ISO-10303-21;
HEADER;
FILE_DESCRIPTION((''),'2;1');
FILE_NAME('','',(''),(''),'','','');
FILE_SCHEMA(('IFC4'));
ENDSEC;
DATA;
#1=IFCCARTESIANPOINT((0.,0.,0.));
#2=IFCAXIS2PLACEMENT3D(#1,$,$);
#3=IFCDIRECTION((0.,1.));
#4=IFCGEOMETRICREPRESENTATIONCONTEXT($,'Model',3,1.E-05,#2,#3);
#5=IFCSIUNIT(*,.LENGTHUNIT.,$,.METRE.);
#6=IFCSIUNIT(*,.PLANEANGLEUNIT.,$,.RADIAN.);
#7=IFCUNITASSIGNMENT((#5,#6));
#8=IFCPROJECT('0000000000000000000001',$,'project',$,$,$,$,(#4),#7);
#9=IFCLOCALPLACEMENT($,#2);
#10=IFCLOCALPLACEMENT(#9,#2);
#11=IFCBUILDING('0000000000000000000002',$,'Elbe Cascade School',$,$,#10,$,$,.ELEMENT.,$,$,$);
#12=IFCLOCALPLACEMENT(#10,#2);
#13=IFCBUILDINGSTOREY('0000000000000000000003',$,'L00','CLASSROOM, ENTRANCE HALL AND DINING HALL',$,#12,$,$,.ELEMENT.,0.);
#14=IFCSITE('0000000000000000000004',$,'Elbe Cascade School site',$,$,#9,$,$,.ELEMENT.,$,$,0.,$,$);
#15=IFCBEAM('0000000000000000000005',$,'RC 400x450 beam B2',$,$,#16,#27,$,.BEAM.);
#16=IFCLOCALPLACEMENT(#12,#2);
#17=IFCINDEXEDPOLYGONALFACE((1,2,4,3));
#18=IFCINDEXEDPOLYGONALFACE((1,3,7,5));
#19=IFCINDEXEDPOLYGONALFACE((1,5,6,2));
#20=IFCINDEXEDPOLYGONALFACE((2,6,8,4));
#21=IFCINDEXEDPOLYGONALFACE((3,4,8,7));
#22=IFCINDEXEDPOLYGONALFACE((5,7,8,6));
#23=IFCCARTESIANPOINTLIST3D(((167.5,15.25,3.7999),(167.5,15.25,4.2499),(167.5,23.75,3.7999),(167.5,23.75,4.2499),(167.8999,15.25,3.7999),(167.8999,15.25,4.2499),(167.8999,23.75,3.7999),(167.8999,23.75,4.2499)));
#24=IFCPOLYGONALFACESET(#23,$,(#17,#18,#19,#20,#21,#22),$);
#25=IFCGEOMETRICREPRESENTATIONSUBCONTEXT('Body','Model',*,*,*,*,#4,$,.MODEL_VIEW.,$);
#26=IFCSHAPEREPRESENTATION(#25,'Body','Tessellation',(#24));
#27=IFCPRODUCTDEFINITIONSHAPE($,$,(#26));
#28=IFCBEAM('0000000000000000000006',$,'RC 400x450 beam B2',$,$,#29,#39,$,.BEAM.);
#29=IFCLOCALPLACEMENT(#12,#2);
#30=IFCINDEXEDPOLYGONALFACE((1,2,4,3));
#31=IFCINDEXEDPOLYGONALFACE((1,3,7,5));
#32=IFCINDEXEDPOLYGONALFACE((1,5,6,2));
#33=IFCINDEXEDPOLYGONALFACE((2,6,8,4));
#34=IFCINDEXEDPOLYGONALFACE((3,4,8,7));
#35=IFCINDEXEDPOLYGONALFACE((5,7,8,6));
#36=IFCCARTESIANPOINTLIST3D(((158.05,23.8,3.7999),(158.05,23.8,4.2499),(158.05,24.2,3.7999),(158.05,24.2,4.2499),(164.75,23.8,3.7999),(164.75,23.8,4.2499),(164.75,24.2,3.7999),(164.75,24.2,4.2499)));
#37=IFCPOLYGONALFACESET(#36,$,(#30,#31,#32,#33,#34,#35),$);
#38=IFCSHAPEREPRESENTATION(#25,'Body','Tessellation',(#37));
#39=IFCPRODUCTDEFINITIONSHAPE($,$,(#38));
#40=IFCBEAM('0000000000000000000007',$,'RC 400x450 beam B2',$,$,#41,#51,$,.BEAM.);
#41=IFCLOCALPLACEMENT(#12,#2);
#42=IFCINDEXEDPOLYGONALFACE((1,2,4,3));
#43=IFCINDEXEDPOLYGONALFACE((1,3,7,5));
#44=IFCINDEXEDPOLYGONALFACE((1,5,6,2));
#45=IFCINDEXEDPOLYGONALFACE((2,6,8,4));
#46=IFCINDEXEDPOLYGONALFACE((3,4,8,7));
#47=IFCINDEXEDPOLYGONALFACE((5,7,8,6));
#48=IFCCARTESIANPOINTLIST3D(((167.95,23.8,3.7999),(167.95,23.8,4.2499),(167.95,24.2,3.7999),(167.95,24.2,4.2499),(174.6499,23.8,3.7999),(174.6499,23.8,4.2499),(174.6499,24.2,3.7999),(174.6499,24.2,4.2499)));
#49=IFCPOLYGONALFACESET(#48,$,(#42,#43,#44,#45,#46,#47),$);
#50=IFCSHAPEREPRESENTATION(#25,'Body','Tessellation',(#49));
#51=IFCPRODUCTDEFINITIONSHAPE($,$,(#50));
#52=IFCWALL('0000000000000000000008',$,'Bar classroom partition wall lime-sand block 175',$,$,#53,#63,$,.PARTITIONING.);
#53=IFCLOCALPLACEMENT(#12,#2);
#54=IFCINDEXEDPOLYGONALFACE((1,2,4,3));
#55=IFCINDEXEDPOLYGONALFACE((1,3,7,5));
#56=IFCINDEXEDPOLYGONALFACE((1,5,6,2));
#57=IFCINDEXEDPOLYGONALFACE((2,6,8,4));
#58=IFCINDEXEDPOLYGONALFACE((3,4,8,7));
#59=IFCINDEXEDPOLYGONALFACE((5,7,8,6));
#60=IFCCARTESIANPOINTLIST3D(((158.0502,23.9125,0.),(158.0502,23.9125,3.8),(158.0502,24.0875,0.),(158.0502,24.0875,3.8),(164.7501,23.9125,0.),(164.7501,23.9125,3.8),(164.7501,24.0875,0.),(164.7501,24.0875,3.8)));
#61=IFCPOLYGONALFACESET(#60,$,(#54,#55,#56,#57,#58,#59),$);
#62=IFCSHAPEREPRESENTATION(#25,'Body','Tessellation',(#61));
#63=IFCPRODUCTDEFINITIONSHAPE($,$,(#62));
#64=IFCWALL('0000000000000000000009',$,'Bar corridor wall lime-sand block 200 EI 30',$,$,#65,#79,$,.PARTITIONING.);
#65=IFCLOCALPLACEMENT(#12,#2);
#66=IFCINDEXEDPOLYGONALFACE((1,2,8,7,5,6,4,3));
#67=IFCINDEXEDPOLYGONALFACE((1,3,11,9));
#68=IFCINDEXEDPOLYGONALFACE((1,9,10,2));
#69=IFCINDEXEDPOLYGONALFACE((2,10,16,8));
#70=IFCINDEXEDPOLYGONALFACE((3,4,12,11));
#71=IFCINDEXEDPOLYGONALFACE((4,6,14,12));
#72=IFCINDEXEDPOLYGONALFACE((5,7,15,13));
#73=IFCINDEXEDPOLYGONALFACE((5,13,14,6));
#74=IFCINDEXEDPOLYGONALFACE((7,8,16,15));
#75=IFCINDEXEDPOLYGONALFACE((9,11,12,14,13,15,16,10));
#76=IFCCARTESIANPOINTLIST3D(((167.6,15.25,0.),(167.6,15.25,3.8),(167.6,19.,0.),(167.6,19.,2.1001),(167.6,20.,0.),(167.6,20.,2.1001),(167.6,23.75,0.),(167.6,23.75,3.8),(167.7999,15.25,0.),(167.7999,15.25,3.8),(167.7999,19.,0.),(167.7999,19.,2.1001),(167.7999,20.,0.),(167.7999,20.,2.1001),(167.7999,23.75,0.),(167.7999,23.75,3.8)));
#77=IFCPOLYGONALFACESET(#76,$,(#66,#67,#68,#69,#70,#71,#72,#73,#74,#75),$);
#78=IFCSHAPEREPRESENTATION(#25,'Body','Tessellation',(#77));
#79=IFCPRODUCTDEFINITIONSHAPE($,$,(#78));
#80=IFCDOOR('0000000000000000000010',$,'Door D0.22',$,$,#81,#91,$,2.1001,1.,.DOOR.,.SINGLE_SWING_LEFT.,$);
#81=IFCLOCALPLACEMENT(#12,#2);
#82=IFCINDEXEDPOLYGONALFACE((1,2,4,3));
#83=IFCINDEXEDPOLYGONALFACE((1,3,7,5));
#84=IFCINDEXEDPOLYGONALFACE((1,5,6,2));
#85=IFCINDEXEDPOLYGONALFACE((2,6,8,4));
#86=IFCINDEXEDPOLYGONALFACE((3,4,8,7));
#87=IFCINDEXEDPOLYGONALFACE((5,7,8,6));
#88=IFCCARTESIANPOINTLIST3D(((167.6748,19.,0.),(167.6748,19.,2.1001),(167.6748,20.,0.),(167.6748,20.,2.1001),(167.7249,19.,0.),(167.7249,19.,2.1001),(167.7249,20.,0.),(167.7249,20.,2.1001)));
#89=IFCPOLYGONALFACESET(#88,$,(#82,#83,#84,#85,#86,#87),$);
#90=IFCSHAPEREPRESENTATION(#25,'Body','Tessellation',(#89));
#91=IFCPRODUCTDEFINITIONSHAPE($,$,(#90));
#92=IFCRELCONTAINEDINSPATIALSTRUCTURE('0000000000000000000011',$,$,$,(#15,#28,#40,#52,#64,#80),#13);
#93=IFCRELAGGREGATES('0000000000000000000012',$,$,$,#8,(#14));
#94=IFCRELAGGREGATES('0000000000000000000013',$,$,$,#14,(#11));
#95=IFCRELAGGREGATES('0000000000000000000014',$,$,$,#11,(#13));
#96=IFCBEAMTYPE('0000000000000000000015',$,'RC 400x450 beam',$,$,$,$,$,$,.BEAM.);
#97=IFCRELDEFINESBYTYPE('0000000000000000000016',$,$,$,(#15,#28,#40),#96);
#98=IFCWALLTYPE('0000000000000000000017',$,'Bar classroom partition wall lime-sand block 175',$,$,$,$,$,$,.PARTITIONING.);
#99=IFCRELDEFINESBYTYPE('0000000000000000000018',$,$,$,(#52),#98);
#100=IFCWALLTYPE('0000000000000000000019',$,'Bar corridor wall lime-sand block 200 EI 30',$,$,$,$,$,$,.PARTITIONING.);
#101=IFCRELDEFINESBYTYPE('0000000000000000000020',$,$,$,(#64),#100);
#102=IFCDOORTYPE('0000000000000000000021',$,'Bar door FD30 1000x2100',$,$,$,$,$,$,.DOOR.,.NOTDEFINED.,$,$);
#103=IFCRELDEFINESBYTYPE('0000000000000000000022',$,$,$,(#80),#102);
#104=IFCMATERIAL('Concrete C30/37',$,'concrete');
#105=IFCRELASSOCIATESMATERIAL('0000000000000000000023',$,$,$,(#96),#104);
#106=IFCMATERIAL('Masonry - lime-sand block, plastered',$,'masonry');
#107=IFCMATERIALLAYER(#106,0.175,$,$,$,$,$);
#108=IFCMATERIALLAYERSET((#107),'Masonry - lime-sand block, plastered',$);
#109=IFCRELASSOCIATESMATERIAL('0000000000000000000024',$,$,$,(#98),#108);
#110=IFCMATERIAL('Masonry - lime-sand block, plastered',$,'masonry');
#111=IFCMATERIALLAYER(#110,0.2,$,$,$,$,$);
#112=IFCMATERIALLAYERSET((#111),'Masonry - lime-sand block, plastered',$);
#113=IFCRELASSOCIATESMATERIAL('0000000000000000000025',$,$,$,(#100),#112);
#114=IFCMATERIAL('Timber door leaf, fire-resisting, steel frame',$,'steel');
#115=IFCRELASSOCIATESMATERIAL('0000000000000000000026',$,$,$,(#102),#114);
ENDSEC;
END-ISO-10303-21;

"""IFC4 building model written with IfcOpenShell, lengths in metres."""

from ifc_helpers import new_model, si_unit, direction, frame, frame_2d, origin, origin_2d, place, context, subcontext, project, spatial, rectangle, extrude, material, layer, layer_set, material_profile, profile_set, type_object, element, fill, save


model = new_model("IFC4")

# Units and contexts
model_context = context("Model", 3, precision=1e-05, world=origin(), true_north=direction((0.0, 1.0)))
body_context = subcontext(model_context, "Body", "Model", "MODEL_VIEW")
ifc_project = project(units=[si_unit("LENGTHUNIT", "METRE"), si_unit("PLANEANGLEUNIT", "RADIAN")], contexts=[model_context])

# Site, building, storey
site_placement = place(None, origin())
site = spatial("IfcSite", under=ifc_project, at=site_placement, Name="Elbe Cascade School site", CompositionType="ELEMENT", RefElevation=0.0)
building_placement = place(site_placement, origin())
building = spatial("IfcBuilding", under=site, at=building_placement, Name="Elbe Cascade School", CompositionType="ELEMENT")
storey_placement = place(building_placement, origin())
storey = spatial("IfcBuildingStorey", under=building, at=storey_placement, Name="L00", Description="CLASSROOM, ENTRANCE HALL AND DINING HALL", CompositionType="ELEMENT", Elevation=0.0)

# Beams
ifc_material_1 = material(Name="Concrete C30/37", Category="concrete")
ifc_material_profile_1 = material_profile(ifc_material_1, rectangle(XDim=0.3999, YDim=0.45, at=origin_2d()), Name="RC 400x450")
ifc_profile_set_1 = profile_set([ifc_material_profile_1], Name="Concrete C30/37")
beam_type_1 = type_object("IfcBeamType", Name="RC 400x450 beam", PredefinedType="BEAM", material=ifc_profile_set_1)
beam_1_placement = place(storey_placement, frame((167.7, 15.25, 4.0249), z_axis=(0.0, 1.0, 0.0), x_axis=(-1.0, 0.0, 0.0)))
element("IfcBeam", 1, at=beam_1_placement, inside=storey, type_object=beam_type_1, Name="RC 400x450 beam B2", PredefinedType="BEAM", context=body_context, shape_type="SweptSolid", body=[
    extrude(rectangle(XDim=0.3999, YDim=0.45, at=origin_2d()), origin(), (0.0, 0.0, 1.0), 8.5),
])
for number, where, z_axis, x_axis, name in (
    (2, (158.05, 24.0, 4.0249), (1.0, 0.0, 0.0), (0.0, 1.0, 0.0), "RC 400x450 beam B2"),
    (3, (167.95, 24.0, 4.0249), (1.0, 0.0, 0.0), (0.0, 1.0, 0.0), "RC 400x450 beam B2"),
):
    element("IfcBeam", number, at=place(storey_placement, frame(where, z_axis=z_axis, x_axis=x_axis)), inside=storey, type_object=beam_type_1, Name=name, PredefinedType="BEAM", context=body_context, shape_type="SweptSolid", body=[
        extrude(rectangle(XDim=0.3999, YDim=0.45, at=origin_2d()), origin(), (0.0, 0.0, 1.0), 6.7),
    ])

# Wall
ifc_material_2 = material(Name="Masonry - lime-sand block, plastered", Category="masonry")
ifc_layer_1 = layer(ifc_material_2, 0.175)
ifc_layer_set_1 = layer_set([ifc_layer_1], Name="Masonry - lime-sand block, plastered")
wall_type_1 = type_object("IfcWallType", Name="Bar classroom partition wall lime-sand block 175", PredefinedType="PARTITIONING", material=ifc_layer_set_1)
wall_1_placement = place(storey_placement, frame((158.05, 24.0, 0.0), z_axis=(0.0, 0.0, 1.0), x_axis=(1.0, 0.0, 0.0)))
element("IfcWall", 4, at=wall_1_placement, inside=storey, type_object=wall_type_1, Name="Bar classroom partition wall lime-sand block 175", PredefinedType="PARTITIONING", context=body_context, shape_type="SweptSolid", body=[
    extrude(rectangle(XDim=6.7, YDim=0.175, at=frame_2d((3.3501, 0.0))), origin(), (0.0, 0.0, 1.0), 3.8),
])

# Wall, opening, door
ifc_material_3 = material(Name="Masonry - lime-sand block, plastered", Category="masonry")
ifc_layer_2 = layer(ifc_material_3, 0.2)
ifc_layer_set_2 = layer_set([ifc_layer_2], Name="Masonry - lime-sand block, plastered")
wall_type_2 = type_object("IfcWallType", Name="Bar corridor wall lime-sand block 200 EI 30", PredefinedType="PARTITIONING", material=ifc_layer_set_2)
wall_2_placement = place(storey_placement, frame((167.7, 23.75, 0.0), z_axis=(0.0, 0.0, 1.0), x_axis=(0.0, -1.0, 0.0)))
wall_2 = element("IfcWall", 5, at=wall_2_placement, inside=storey, type_object=wall_type_2, Name="Bar corridor wall lime-sand block 200 EI 30", PredefinedType="PARTITIONING", context=body_context, shape_type="SweptSolid", body=[
    extrude(rectangle(XDim=8.5, YDim=0.2, at=frame_2d((4.25, 0.0))), origin(), (0.0, 0.0, 1.0), 3.8),
])
opening_placement = place(wall_2_placement, frame((3.75, 0.0, 0.0)))
opening = element("IfcOpeningElement", 6, at=opening_placement, cuts=wall_2, PredefinedType="OPENING", context=body_context, shape_type="SweptSolid", body=[
    extrude(rectangle(XDim=1.0, YDim=2.1001, at=frame_2d((0.5, 1.05))), frame((0.0, 0.1099, 0.0), z_axis=(0.0, -1.0, 0.0), x_axis=(1.0, 0.0, 0.0)), (0.0, 0.0, 1.0), 0.22),
])
ifc_material_4 = material(Name="Timber door leaf, fire-resisting, steel frame", Category="steel")
door_type = type_object("IfcDoorType", Name="Bar door FD30 1000x2100", OperationType="NOTDEFINED", PredefinedType="DOOR", material=ifc_material_4)
door_placement = place(opening_placement, origin())
door = element("IfcDoor", 7, at=door_placement, inside=storey, type_object=door_type, Name="Door D0.22", OperationType="SINGLE_SWING_LEFT", OverallHeight=2.1001, OverallWidth=1.0, PredefinedType="DOOR", context=body_context, shape_type="SweptSolid", body=[
    extrude(rectangle(XDim=1.0, YDim=2.1001, at=frame_2d((0.5, 1.05))), frame((0.0, 0.0249, 0.0), z_axis=(0.0, -1.0, 0.0), x_axis=(1.0, 0.0, 0.0)), (0.0, 0.0, 1.0), 0.05),
])
fill(opening, door)

save(model, "model.ifc")
